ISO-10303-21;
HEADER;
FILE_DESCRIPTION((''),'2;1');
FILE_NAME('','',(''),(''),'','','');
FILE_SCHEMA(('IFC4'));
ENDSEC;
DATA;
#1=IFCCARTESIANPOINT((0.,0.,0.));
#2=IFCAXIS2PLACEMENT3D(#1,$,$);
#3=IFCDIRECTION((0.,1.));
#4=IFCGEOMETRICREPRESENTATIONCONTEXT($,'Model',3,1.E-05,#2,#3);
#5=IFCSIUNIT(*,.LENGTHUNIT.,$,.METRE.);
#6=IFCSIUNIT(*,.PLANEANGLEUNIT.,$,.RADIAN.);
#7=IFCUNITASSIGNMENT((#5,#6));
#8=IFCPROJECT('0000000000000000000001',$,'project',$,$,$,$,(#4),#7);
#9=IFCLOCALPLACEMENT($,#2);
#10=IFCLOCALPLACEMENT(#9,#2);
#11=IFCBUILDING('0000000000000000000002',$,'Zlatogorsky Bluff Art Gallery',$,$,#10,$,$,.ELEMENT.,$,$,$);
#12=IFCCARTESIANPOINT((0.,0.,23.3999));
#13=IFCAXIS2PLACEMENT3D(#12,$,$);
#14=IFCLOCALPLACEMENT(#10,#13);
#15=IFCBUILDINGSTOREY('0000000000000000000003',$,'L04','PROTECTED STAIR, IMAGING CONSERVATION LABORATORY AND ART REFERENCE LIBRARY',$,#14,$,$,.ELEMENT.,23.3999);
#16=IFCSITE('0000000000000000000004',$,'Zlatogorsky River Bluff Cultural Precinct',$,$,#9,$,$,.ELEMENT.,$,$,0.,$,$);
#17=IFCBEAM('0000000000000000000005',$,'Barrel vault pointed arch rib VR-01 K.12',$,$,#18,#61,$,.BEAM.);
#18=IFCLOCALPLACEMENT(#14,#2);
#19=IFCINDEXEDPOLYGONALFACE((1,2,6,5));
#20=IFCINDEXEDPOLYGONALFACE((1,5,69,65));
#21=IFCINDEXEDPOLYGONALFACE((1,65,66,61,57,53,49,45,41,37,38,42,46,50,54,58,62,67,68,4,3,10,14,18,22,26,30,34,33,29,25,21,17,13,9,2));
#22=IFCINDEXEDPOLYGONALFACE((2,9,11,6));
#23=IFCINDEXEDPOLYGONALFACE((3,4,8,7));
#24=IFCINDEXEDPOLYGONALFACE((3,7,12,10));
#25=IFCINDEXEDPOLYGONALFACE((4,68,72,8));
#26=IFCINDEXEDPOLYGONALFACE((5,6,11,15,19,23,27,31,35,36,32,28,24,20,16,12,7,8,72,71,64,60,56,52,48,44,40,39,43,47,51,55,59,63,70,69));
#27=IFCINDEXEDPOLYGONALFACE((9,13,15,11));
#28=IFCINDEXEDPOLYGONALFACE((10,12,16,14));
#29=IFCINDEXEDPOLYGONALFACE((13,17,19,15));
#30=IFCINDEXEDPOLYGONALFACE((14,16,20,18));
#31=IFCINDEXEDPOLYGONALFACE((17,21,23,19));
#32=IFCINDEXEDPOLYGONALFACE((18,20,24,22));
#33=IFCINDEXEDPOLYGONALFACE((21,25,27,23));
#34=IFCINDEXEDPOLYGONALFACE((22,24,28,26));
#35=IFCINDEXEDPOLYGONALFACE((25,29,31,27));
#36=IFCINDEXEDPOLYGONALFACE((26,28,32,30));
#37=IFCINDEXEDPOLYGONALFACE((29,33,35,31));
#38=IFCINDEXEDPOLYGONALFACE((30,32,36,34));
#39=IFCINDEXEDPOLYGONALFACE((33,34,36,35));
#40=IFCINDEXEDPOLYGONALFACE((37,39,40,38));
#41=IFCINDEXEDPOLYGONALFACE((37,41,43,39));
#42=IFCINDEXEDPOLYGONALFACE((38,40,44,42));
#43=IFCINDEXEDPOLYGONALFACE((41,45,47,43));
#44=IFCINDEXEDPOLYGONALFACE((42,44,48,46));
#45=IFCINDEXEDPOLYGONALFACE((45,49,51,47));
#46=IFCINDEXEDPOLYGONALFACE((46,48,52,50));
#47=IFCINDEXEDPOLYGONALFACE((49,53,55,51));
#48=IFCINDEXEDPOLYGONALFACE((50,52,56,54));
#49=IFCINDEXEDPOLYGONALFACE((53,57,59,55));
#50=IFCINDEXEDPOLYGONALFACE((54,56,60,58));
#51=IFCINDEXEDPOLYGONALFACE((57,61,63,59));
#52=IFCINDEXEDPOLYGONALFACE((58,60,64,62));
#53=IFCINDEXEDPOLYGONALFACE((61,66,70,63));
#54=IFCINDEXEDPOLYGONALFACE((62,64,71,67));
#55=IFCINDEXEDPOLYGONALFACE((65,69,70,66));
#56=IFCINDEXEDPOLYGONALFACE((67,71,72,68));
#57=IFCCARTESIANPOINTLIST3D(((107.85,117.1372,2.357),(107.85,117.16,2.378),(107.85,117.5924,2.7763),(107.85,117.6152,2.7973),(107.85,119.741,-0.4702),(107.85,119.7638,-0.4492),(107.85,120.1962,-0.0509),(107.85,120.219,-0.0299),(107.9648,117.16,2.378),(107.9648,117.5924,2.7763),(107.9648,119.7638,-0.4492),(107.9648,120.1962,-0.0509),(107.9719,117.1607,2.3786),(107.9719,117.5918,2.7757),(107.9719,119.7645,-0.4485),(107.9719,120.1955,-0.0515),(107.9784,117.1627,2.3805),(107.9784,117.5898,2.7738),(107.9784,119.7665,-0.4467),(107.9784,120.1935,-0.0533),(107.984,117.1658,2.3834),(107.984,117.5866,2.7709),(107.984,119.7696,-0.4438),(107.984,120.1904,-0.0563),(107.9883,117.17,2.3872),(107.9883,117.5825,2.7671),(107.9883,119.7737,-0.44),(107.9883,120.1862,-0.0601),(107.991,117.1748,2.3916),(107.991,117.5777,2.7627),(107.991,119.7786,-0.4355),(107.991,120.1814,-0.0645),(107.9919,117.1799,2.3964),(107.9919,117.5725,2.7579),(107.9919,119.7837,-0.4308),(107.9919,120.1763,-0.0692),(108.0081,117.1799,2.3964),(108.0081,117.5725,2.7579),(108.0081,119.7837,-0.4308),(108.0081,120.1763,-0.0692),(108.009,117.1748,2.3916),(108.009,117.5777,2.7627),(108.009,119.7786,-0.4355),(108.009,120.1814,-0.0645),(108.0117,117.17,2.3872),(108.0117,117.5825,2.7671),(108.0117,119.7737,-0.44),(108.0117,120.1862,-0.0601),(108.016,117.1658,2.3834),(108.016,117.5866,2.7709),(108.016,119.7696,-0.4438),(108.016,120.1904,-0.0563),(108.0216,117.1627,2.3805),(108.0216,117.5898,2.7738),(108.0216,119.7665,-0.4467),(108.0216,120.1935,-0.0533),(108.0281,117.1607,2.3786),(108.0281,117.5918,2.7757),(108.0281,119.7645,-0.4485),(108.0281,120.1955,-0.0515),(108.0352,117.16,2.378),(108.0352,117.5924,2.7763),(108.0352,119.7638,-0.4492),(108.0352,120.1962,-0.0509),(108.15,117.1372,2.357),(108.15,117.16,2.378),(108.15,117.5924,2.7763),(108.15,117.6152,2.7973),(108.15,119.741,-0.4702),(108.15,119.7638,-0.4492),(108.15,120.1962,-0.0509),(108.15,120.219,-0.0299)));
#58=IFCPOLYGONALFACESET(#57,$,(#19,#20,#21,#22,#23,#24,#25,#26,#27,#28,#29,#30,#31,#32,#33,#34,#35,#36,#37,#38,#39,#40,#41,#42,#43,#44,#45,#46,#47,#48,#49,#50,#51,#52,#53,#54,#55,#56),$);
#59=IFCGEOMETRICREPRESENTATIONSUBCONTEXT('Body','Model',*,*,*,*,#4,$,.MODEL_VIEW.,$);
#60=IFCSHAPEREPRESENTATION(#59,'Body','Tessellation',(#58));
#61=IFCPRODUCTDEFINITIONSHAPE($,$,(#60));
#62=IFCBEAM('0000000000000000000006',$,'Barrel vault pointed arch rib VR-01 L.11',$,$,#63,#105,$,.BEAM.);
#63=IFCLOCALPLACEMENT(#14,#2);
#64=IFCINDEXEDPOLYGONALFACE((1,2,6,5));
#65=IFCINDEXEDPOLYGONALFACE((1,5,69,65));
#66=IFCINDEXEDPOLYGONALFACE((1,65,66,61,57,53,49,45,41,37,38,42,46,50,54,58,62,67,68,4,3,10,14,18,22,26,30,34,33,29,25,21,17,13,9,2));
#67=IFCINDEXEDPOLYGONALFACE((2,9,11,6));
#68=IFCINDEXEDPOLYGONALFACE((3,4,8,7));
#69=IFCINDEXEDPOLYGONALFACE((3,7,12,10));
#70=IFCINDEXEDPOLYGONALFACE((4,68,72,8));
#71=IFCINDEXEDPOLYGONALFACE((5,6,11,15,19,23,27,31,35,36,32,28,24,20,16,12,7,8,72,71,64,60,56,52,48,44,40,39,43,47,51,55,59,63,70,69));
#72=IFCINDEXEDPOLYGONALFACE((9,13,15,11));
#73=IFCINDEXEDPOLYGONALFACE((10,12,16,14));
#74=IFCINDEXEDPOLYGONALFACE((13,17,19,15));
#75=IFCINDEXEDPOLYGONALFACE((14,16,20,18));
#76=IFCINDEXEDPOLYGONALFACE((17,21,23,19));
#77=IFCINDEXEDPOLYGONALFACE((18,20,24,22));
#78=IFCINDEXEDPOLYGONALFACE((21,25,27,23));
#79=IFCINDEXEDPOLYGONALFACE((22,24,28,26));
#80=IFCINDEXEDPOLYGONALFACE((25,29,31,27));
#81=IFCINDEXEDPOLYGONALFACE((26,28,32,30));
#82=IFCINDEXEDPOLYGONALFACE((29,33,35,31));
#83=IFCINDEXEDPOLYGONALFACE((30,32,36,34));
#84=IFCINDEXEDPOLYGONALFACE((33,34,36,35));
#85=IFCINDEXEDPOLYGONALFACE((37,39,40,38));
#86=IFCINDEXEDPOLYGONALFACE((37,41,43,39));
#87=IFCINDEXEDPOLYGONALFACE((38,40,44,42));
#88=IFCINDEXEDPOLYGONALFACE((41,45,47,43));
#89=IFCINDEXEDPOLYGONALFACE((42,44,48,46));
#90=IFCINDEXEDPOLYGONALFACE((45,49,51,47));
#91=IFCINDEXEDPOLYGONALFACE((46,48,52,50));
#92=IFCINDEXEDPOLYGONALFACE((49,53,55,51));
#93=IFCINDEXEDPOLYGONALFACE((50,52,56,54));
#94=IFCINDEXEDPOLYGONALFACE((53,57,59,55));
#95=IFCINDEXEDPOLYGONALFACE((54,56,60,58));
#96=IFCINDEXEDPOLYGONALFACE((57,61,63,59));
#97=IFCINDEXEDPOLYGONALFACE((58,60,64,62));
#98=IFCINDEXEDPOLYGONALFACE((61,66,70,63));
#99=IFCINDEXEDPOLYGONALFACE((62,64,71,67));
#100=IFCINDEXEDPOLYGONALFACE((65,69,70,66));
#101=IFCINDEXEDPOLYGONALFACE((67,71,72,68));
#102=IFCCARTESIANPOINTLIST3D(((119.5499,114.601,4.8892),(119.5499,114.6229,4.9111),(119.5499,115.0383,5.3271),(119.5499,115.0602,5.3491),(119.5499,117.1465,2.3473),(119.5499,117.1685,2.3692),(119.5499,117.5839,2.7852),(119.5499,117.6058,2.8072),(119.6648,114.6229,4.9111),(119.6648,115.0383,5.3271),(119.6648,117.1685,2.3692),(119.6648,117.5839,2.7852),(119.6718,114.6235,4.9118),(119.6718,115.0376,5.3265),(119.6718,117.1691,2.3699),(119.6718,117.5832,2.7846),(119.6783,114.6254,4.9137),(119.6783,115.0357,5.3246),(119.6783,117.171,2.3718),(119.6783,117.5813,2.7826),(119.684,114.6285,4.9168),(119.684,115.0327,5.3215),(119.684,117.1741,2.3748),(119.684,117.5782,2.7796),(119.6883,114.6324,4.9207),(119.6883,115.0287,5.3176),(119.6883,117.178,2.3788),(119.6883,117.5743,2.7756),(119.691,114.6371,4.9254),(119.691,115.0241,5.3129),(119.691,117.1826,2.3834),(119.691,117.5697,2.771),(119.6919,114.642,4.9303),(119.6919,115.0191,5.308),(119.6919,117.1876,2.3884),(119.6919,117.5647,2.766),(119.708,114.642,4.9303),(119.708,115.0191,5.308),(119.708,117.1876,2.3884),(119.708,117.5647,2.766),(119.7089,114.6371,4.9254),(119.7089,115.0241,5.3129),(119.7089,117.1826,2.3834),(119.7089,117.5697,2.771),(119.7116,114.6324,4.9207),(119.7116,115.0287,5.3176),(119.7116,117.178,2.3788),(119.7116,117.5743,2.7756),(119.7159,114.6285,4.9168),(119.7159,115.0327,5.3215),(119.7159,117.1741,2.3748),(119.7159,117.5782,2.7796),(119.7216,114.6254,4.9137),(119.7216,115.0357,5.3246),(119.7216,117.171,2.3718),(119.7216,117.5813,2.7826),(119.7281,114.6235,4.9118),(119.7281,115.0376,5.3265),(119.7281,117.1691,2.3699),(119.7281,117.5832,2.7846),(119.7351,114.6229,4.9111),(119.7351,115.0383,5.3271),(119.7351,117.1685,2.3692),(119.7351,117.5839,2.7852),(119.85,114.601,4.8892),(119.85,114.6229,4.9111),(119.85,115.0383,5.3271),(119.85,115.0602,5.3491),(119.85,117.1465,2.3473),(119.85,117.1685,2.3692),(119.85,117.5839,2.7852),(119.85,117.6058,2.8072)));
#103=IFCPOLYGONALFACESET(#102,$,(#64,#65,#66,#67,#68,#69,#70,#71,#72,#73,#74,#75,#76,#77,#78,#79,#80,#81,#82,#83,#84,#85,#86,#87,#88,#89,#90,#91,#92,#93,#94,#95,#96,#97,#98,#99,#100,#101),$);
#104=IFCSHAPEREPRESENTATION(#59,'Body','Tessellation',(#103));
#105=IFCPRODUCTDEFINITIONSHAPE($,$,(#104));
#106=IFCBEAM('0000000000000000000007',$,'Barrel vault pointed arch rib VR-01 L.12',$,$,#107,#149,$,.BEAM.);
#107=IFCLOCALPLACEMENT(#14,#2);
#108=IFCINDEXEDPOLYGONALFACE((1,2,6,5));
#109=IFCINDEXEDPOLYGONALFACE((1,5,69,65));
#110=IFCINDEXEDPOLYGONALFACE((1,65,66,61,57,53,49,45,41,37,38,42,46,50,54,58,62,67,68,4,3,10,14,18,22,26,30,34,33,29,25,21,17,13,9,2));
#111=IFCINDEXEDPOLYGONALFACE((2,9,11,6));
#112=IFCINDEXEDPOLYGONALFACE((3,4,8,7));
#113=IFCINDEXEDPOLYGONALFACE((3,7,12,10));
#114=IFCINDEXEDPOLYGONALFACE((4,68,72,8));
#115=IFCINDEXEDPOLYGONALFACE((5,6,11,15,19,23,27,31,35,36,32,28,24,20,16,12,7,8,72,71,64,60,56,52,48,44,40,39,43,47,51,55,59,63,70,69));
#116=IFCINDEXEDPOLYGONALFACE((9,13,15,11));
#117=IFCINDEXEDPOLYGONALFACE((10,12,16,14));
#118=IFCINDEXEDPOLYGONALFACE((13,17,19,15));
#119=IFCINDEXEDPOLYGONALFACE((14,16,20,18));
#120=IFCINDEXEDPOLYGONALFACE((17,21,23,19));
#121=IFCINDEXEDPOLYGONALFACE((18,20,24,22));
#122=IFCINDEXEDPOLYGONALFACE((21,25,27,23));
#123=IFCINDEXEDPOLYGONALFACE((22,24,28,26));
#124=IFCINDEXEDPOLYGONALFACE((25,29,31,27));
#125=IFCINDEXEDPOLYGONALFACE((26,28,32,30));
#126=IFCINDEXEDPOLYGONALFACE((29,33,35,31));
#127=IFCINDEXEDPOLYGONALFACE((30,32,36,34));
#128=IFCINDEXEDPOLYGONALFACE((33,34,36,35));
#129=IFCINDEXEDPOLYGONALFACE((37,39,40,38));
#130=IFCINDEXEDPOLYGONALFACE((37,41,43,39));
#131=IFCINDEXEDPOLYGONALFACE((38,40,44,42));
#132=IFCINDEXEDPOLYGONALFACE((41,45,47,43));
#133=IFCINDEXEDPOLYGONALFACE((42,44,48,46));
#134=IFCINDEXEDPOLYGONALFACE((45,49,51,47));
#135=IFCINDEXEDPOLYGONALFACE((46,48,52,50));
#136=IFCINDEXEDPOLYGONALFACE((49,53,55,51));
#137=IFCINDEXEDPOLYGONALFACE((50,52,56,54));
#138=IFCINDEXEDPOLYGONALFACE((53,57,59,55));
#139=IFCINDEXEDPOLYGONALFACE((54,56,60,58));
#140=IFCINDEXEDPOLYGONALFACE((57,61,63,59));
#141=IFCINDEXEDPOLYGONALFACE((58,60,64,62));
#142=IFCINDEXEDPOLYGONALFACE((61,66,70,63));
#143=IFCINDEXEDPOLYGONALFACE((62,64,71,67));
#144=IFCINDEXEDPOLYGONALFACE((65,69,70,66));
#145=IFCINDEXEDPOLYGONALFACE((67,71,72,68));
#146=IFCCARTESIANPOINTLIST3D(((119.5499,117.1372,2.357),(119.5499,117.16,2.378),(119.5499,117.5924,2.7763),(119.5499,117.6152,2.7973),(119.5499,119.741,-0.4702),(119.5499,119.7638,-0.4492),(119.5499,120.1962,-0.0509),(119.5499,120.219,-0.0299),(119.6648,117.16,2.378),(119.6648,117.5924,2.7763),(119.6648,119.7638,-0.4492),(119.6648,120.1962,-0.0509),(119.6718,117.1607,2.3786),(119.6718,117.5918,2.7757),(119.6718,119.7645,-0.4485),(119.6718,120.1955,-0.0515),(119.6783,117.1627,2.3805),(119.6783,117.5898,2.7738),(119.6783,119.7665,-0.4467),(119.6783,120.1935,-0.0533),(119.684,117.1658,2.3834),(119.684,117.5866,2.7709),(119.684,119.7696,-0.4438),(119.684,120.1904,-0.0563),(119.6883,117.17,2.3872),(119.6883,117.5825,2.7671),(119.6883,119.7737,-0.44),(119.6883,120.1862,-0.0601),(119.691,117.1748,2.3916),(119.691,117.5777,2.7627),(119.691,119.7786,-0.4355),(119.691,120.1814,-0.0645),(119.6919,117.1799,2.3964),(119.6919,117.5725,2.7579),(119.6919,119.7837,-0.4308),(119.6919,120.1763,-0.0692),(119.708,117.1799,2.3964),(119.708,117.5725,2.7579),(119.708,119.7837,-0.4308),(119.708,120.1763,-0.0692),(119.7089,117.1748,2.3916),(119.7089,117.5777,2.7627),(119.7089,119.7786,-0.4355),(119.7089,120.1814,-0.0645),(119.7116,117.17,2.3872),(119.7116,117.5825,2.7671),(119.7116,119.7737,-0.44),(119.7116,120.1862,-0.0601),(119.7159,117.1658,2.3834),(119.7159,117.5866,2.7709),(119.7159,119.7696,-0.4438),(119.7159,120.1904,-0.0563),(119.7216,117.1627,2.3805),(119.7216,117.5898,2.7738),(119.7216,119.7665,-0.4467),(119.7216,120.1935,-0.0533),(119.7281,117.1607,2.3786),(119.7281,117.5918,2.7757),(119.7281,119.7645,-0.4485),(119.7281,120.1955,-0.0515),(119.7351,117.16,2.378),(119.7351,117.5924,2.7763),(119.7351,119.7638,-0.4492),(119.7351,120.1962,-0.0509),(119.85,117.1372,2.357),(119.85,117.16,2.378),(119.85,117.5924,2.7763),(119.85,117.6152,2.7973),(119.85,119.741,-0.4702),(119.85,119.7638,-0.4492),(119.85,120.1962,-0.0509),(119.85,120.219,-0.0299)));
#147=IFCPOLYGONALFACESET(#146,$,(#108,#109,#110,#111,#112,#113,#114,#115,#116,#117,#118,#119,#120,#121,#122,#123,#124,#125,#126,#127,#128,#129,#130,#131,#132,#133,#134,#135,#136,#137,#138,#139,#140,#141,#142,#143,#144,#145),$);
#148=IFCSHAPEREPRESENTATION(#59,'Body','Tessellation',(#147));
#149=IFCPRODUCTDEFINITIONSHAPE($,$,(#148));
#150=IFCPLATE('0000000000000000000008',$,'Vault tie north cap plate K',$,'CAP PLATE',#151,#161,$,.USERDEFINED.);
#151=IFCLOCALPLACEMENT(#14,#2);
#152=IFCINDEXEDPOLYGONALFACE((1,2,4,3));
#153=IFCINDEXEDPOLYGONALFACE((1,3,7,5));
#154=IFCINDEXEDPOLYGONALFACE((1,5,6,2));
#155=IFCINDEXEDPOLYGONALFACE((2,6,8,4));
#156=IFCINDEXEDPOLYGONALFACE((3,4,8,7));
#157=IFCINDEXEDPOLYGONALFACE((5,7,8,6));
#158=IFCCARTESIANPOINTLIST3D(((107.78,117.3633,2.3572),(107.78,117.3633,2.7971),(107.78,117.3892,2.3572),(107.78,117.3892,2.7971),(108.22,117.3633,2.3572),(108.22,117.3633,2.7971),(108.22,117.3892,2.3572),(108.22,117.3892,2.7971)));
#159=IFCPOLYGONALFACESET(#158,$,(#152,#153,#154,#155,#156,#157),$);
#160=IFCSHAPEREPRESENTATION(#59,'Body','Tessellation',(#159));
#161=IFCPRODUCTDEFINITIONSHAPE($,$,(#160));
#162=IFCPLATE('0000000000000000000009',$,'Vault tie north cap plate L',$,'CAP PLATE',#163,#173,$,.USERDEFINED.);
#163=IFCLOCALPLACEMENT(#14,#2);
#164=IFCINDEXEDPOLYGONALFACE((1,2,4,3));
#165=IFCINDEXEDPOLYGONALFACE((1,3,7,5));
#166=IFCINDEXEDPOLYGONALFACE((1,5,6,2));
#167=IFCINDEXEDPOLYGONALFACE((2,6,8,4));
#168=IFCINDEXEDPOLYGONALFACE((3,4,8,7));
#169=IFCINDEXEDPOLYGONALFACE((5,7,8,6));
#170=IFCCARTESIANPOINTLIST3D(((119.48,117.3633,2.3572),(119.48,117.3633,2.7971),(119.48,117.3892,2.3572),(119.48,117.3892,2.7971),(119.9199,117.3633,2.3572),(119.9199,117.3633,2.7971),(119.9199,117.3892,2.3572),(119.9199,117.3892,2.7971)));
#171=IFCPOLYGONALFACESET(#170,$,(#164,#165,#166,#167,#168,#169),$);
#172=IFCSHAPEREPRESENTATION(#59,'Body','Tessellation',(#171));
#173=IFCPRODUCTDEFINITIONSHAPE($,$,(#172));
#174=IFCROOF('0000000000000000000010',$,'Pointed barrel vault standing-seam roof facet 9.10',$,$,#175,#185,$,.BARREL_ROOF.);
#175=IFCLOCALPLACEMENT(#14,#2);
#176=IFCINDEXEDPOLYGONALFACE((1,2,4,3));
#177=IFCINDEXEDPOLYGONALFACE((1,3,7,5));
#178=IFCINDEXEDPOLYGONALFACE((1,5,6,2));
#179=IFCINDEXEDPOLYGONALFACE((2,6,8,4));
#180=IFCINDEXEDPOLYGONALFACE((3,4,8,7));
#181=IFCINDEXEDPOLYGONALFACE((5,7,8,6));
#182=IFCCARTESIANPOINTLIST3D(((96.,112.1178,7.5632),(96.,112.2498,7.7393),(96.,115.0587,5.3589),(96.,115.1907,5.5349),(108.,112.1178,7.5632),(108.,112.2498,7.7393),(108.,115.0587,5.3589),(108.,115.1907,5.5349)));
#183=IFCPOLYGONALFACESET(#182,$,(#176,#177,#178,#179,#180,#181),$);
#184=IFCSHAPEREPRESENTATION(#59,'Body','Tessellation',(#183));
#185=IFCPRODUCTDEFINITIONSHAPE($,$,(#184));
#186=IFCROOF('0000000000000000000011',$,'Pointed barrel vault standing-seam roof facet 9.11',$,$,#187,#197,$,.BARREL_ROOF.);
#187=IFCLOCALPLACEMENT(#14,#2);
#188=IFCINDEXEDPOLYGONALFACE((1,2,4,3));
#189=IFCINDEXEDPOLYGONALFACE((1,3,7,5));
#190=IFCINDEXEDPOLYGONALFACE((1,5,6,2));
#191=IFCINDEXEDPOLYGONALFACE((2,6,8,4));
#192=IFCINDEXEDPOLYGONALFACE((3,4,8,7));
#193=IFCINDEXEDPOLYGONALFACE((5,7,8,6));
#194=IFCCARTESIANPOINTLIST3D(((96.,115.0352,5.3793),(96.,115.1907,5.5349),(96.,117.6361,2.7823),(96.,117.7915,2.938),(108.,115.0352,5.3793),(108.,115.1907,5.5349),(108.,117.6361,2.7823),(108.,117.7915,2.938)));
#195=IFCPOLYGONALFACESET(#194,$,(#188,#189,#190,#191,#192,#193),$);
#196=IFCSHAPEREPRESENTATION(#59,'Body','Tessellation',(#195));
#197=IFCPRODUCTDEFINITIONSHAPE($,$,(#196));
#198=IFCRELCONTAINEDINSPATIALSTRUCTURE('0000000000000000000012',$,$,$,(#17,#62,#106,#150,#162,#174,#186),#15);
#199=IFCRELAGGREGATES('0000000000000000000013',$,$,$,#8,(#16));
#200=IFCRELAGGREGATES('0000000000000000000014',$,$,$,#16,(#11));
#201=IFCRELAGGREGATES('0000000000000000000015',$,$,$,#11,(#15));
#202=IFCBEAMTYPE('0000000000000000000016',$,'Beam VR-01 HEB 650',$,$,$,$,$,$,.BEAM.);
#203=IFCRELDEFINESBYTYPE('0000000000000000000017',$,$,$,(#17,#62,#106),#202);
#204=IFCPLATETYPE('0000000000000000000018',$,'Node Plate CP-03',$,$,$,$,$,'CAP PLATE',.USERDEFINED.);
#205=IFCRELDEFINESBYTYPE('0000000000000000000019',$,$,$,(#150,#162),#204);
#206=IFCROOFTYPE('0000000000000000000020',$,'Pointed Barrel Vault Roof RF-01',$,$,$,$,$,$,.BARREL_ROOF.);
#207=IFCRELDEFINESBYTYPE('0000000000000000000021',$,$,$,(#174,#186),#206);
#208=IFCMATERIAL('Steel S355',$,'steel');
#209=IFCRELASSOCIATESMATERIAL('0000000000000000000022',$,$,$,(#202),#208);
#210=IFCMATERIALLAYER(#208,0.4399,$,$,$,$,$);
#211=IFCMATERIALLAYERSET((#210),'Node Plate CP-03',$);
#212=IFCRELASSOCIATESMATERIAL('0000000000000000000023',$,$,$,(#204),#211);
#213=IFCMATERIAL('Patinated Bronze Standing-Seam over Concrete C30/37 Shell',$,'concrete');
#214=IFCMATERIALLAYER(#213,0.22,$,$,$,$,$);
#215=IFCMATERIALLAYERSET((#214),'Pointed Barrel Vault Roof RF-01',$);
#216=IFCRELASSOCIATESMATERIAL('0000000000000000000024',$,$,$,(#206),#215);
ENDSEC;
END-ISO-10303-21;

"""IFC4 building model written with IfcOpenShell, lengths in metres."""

from ifc_helpers import new_model, si_unit, direction, frame, origin, origin_2d, place, context, subcontext, project, spatial, polyline, rectangle, i_section, outline, extrude, material, layer, layer_set, material_profile, profile_set, type_object, element, save


model = new_model("IFC4")

# Units and contexts
model_context = context("Model", 3, precision=1e-05, world=origin(), true_north=direction((0.0, 1.0)))
body_context = subcontext(model_context, "Body", "Model", "MODEL_VIEW")
ifc_project = project(units=[si_unit("LENGTHUNIT", "METRE"), si_unit("PLANEANGLEUNIT", "RADIAN")], contexts=[model_context])

# Site, building, storey
site_placement = place(None, origin())
site = spatial("IfcSite", under=ifc_project, at=site_placement, Name="Zlatogorsky River Bluff Cultural Precinct", CompositionType="ELEMENT", RefElevation=0.0)
building_placement = place(site_placement, origin())
building = spatial("IfcBuilding", under=site, at=building_placement, Name="Zlatogorsky Bluff Art Gallery", CompositionType="ELEMENT")
storey_placement = place(building_placement, frame((0.0, 0.0, 23.3999)))
storey = spatial("IfcBuildingStorey", under=building, at=storey_placement, Name="L04", Description="PROTECTED STAIR, IMAGING CONSERVATION LABORATORY AND ART REFERENCE LIBRARY", CompositionType="ELEMENT", Elevation=23.3999)

# Beams
ifc_material_1 = material(Name="Steel S355", Category="steel")
ifc_material_profile_1 = material_profile(ifc_material_1, i_section(OverallWidth=0.3, OverallDepth=0.6499, WebThickness=0.0161, FlangeThickness=0.031, FilletRadius=0.0271, at=origin_2d()), Name="HEB 650")
ifc_profile_set_1 = profile_set([ifc_material_profile_1], Name="Steel S355")
beam_type_1 = type_object("IfcBeamType", Name="Beam VR-01 HEB 650", PredefinedType="BEAM", material=ifc_profile_set_1)
beam_1_placement = place(storey_placement, frame((108.0, 117.3762, 2.5771), z_axis=(0.0, 0.677449, -0.73557), x_axis=(-1.0, 0.0, 0.0)))
element("IfcBeam", 1, at=beam_1_placement, inside=storey, type_object=beam_type_1, Name="Barrel vault pointed arch rib VR-01 K.12", PredefinedType="BEAM", context=body_context, shape_type="SweptSolid", body=[
    extrude(i_section(OverallWidth=0.3, OverallDepth=0.6499, WebThickness=0.0161, FlangeThickness=0.031, FilletRadius=0.0271, at=origin_2d()), origin(), (0.0, 0.0, 1.0), 3.8435),
])
beam_2_placement = place(storey_placement, frame((119.7, 114.8306, 5.1191), z_axis=(0.0, 0.707616, -0.706598), x_axis=(-1.0, 0.0, 0.0)))
element("IfcBeam", 2, at=beam_2_placement, inside=storey, type_object=beam_type_1, Name="Barrel vault pointed arch rib VR-01 L.11", PredefinedType="BEAM", context=body_context, shape_type="SweptSolid", body=[
    extrude(i_section(OverallWidth=0.3, OverallDepth=0.6499, WebThickness=0.0161, FlangeThickness=0.031, FilletRadius=0.0271, at=origin_2d()), origin(), (0.0, 0.0, 1.0), 3.5974),
])
beam_3_placement = place(storey_placement, frame((119.7, 117.3762, 2.5771), z_axis=(0.0, 0.677449, -0.73557), x_axis=(-1.0, 0.0, 0.0)))
element("IfcBeam", 3, at=beam_3_placement, inside=storey, type_object=beam_type_1, Name="Barrel vault pointed arch rib VR-01 L.12", PredefinedType="BEAM", context=body_context, shape_type="SweptSolid", body=[
    extrude(i_section(OverallWidth=0.3, OverallDepth=0.6499, WebThickness=0.0161, FlangeThickness=0.031, FilletRadius=0.0271, at=origin_2d()), origin(), (0.0, 0.0, 1.0), 3.8435),
])

# Plates
ifc_layer_1 = layer(ifc_material_1, 0.4399)
ifc_layer_set_1 = layer_set([ifc_layer_1], Name="Node Plate CP-03")
plate_type = type_object("IfcPlateType", Name="Node Plate CP-03", ElementType="CAP PLATE", PredefinedType="USERDEFINED", material=ifc_layer_set_1)
for number, where, z_axis, x_axis, name in (
    (4, (108.0, 117.3762, 2.3572), (0.0, 0.0, 1.0), (1.0, 0.0, 0.0), "Vault tie north cap plate K"),
    (5, (119.7, 117.3762, 2.3572), (0.0, 0.0, 1.0), (1.0, 0.0, 0.0), "Vault tie north cap plate L"),
):
    element("IfcPlate", number, at=place(storey_placement, frame(where, z_axis=z_axis, x_axis=x_axis)), inside=storey, type_object=plate_type, Name=name, ObjectType="CAP PLATE", PredefinedType="USERDEFINED", context=body_context, shape_type="SweptSolid", body=[
        extrude(rectangle(XDim=0.4399, YDim=0.0259, at=origin_2d()), origin(), (0.0, 0.0, 1.0), 0.4399),
    ])

# Roofs
ifc_material_2 = material(Name="Patinated Bronze Standing-Seam over Concrete C30/37 Shell", Category="concrete")
ifc_layer_2 = layer(ifc_material_2, 0.22)
ifc_layer_set_2 = layer_set([ifc_layer_2], Name="Pointed Barrel Vault Roof RF-01")
roof_type = type_object("IfcRoofType", Name="Pointed Barrel Vault Roof RF-01", PredefinedType="BARREL_ROOF", material=ifc_layer_set_2)
roof_1_placement = place(storey_placement, frame((96.0, 112.2498, 7.7393), z_axis=(0.0, 0.599766, 0.800175), x_axis=(1.0, 0.0, 0.0)))
element("IfcRoof", 6, at=roof_1_placement, inside=storey, type_object=roof_type, Name="Pointed barrel vault standing-seam roof facet 9.10", PredefinedType="BARREL_ROOF", context=body_context, shape_type="SweptSolid", body=[
    extrude(outline(polyline([(0.0, 0.0), (12.0, 0.0), (12.0, 3.6753), (0.0, 3.6753), (0.0, 0.0)])), origin(), (0.0, 0.0, -1.0), 0.22),
])
roof_2_placement = place(storey_placement, frame((96.0, 115.1907, 5.5349), z_axis=(0.0, 0.706575, 0.707638), x_axis=(1.0, 0.0, 0.0)))
element("IfcRoof", 7, at=roof_2_placement, inside=storey, type_object=roof_type, Name="Pointed barrel vault standing-seam roof facet 9.11", PredefinedType="BARREL_ROOF", context=body_context, shape_type="SweptSolid", body=[
    extrude(outline(polyline([(0.0, 0.0), (12.0, 0.0), (12.0, 3.6754), (0.0, 3.6754), (0.0, 0.0)])), origin(), (0.0, 0.0, -1.0), 0.22),
])

save(model, "model.ifc")
